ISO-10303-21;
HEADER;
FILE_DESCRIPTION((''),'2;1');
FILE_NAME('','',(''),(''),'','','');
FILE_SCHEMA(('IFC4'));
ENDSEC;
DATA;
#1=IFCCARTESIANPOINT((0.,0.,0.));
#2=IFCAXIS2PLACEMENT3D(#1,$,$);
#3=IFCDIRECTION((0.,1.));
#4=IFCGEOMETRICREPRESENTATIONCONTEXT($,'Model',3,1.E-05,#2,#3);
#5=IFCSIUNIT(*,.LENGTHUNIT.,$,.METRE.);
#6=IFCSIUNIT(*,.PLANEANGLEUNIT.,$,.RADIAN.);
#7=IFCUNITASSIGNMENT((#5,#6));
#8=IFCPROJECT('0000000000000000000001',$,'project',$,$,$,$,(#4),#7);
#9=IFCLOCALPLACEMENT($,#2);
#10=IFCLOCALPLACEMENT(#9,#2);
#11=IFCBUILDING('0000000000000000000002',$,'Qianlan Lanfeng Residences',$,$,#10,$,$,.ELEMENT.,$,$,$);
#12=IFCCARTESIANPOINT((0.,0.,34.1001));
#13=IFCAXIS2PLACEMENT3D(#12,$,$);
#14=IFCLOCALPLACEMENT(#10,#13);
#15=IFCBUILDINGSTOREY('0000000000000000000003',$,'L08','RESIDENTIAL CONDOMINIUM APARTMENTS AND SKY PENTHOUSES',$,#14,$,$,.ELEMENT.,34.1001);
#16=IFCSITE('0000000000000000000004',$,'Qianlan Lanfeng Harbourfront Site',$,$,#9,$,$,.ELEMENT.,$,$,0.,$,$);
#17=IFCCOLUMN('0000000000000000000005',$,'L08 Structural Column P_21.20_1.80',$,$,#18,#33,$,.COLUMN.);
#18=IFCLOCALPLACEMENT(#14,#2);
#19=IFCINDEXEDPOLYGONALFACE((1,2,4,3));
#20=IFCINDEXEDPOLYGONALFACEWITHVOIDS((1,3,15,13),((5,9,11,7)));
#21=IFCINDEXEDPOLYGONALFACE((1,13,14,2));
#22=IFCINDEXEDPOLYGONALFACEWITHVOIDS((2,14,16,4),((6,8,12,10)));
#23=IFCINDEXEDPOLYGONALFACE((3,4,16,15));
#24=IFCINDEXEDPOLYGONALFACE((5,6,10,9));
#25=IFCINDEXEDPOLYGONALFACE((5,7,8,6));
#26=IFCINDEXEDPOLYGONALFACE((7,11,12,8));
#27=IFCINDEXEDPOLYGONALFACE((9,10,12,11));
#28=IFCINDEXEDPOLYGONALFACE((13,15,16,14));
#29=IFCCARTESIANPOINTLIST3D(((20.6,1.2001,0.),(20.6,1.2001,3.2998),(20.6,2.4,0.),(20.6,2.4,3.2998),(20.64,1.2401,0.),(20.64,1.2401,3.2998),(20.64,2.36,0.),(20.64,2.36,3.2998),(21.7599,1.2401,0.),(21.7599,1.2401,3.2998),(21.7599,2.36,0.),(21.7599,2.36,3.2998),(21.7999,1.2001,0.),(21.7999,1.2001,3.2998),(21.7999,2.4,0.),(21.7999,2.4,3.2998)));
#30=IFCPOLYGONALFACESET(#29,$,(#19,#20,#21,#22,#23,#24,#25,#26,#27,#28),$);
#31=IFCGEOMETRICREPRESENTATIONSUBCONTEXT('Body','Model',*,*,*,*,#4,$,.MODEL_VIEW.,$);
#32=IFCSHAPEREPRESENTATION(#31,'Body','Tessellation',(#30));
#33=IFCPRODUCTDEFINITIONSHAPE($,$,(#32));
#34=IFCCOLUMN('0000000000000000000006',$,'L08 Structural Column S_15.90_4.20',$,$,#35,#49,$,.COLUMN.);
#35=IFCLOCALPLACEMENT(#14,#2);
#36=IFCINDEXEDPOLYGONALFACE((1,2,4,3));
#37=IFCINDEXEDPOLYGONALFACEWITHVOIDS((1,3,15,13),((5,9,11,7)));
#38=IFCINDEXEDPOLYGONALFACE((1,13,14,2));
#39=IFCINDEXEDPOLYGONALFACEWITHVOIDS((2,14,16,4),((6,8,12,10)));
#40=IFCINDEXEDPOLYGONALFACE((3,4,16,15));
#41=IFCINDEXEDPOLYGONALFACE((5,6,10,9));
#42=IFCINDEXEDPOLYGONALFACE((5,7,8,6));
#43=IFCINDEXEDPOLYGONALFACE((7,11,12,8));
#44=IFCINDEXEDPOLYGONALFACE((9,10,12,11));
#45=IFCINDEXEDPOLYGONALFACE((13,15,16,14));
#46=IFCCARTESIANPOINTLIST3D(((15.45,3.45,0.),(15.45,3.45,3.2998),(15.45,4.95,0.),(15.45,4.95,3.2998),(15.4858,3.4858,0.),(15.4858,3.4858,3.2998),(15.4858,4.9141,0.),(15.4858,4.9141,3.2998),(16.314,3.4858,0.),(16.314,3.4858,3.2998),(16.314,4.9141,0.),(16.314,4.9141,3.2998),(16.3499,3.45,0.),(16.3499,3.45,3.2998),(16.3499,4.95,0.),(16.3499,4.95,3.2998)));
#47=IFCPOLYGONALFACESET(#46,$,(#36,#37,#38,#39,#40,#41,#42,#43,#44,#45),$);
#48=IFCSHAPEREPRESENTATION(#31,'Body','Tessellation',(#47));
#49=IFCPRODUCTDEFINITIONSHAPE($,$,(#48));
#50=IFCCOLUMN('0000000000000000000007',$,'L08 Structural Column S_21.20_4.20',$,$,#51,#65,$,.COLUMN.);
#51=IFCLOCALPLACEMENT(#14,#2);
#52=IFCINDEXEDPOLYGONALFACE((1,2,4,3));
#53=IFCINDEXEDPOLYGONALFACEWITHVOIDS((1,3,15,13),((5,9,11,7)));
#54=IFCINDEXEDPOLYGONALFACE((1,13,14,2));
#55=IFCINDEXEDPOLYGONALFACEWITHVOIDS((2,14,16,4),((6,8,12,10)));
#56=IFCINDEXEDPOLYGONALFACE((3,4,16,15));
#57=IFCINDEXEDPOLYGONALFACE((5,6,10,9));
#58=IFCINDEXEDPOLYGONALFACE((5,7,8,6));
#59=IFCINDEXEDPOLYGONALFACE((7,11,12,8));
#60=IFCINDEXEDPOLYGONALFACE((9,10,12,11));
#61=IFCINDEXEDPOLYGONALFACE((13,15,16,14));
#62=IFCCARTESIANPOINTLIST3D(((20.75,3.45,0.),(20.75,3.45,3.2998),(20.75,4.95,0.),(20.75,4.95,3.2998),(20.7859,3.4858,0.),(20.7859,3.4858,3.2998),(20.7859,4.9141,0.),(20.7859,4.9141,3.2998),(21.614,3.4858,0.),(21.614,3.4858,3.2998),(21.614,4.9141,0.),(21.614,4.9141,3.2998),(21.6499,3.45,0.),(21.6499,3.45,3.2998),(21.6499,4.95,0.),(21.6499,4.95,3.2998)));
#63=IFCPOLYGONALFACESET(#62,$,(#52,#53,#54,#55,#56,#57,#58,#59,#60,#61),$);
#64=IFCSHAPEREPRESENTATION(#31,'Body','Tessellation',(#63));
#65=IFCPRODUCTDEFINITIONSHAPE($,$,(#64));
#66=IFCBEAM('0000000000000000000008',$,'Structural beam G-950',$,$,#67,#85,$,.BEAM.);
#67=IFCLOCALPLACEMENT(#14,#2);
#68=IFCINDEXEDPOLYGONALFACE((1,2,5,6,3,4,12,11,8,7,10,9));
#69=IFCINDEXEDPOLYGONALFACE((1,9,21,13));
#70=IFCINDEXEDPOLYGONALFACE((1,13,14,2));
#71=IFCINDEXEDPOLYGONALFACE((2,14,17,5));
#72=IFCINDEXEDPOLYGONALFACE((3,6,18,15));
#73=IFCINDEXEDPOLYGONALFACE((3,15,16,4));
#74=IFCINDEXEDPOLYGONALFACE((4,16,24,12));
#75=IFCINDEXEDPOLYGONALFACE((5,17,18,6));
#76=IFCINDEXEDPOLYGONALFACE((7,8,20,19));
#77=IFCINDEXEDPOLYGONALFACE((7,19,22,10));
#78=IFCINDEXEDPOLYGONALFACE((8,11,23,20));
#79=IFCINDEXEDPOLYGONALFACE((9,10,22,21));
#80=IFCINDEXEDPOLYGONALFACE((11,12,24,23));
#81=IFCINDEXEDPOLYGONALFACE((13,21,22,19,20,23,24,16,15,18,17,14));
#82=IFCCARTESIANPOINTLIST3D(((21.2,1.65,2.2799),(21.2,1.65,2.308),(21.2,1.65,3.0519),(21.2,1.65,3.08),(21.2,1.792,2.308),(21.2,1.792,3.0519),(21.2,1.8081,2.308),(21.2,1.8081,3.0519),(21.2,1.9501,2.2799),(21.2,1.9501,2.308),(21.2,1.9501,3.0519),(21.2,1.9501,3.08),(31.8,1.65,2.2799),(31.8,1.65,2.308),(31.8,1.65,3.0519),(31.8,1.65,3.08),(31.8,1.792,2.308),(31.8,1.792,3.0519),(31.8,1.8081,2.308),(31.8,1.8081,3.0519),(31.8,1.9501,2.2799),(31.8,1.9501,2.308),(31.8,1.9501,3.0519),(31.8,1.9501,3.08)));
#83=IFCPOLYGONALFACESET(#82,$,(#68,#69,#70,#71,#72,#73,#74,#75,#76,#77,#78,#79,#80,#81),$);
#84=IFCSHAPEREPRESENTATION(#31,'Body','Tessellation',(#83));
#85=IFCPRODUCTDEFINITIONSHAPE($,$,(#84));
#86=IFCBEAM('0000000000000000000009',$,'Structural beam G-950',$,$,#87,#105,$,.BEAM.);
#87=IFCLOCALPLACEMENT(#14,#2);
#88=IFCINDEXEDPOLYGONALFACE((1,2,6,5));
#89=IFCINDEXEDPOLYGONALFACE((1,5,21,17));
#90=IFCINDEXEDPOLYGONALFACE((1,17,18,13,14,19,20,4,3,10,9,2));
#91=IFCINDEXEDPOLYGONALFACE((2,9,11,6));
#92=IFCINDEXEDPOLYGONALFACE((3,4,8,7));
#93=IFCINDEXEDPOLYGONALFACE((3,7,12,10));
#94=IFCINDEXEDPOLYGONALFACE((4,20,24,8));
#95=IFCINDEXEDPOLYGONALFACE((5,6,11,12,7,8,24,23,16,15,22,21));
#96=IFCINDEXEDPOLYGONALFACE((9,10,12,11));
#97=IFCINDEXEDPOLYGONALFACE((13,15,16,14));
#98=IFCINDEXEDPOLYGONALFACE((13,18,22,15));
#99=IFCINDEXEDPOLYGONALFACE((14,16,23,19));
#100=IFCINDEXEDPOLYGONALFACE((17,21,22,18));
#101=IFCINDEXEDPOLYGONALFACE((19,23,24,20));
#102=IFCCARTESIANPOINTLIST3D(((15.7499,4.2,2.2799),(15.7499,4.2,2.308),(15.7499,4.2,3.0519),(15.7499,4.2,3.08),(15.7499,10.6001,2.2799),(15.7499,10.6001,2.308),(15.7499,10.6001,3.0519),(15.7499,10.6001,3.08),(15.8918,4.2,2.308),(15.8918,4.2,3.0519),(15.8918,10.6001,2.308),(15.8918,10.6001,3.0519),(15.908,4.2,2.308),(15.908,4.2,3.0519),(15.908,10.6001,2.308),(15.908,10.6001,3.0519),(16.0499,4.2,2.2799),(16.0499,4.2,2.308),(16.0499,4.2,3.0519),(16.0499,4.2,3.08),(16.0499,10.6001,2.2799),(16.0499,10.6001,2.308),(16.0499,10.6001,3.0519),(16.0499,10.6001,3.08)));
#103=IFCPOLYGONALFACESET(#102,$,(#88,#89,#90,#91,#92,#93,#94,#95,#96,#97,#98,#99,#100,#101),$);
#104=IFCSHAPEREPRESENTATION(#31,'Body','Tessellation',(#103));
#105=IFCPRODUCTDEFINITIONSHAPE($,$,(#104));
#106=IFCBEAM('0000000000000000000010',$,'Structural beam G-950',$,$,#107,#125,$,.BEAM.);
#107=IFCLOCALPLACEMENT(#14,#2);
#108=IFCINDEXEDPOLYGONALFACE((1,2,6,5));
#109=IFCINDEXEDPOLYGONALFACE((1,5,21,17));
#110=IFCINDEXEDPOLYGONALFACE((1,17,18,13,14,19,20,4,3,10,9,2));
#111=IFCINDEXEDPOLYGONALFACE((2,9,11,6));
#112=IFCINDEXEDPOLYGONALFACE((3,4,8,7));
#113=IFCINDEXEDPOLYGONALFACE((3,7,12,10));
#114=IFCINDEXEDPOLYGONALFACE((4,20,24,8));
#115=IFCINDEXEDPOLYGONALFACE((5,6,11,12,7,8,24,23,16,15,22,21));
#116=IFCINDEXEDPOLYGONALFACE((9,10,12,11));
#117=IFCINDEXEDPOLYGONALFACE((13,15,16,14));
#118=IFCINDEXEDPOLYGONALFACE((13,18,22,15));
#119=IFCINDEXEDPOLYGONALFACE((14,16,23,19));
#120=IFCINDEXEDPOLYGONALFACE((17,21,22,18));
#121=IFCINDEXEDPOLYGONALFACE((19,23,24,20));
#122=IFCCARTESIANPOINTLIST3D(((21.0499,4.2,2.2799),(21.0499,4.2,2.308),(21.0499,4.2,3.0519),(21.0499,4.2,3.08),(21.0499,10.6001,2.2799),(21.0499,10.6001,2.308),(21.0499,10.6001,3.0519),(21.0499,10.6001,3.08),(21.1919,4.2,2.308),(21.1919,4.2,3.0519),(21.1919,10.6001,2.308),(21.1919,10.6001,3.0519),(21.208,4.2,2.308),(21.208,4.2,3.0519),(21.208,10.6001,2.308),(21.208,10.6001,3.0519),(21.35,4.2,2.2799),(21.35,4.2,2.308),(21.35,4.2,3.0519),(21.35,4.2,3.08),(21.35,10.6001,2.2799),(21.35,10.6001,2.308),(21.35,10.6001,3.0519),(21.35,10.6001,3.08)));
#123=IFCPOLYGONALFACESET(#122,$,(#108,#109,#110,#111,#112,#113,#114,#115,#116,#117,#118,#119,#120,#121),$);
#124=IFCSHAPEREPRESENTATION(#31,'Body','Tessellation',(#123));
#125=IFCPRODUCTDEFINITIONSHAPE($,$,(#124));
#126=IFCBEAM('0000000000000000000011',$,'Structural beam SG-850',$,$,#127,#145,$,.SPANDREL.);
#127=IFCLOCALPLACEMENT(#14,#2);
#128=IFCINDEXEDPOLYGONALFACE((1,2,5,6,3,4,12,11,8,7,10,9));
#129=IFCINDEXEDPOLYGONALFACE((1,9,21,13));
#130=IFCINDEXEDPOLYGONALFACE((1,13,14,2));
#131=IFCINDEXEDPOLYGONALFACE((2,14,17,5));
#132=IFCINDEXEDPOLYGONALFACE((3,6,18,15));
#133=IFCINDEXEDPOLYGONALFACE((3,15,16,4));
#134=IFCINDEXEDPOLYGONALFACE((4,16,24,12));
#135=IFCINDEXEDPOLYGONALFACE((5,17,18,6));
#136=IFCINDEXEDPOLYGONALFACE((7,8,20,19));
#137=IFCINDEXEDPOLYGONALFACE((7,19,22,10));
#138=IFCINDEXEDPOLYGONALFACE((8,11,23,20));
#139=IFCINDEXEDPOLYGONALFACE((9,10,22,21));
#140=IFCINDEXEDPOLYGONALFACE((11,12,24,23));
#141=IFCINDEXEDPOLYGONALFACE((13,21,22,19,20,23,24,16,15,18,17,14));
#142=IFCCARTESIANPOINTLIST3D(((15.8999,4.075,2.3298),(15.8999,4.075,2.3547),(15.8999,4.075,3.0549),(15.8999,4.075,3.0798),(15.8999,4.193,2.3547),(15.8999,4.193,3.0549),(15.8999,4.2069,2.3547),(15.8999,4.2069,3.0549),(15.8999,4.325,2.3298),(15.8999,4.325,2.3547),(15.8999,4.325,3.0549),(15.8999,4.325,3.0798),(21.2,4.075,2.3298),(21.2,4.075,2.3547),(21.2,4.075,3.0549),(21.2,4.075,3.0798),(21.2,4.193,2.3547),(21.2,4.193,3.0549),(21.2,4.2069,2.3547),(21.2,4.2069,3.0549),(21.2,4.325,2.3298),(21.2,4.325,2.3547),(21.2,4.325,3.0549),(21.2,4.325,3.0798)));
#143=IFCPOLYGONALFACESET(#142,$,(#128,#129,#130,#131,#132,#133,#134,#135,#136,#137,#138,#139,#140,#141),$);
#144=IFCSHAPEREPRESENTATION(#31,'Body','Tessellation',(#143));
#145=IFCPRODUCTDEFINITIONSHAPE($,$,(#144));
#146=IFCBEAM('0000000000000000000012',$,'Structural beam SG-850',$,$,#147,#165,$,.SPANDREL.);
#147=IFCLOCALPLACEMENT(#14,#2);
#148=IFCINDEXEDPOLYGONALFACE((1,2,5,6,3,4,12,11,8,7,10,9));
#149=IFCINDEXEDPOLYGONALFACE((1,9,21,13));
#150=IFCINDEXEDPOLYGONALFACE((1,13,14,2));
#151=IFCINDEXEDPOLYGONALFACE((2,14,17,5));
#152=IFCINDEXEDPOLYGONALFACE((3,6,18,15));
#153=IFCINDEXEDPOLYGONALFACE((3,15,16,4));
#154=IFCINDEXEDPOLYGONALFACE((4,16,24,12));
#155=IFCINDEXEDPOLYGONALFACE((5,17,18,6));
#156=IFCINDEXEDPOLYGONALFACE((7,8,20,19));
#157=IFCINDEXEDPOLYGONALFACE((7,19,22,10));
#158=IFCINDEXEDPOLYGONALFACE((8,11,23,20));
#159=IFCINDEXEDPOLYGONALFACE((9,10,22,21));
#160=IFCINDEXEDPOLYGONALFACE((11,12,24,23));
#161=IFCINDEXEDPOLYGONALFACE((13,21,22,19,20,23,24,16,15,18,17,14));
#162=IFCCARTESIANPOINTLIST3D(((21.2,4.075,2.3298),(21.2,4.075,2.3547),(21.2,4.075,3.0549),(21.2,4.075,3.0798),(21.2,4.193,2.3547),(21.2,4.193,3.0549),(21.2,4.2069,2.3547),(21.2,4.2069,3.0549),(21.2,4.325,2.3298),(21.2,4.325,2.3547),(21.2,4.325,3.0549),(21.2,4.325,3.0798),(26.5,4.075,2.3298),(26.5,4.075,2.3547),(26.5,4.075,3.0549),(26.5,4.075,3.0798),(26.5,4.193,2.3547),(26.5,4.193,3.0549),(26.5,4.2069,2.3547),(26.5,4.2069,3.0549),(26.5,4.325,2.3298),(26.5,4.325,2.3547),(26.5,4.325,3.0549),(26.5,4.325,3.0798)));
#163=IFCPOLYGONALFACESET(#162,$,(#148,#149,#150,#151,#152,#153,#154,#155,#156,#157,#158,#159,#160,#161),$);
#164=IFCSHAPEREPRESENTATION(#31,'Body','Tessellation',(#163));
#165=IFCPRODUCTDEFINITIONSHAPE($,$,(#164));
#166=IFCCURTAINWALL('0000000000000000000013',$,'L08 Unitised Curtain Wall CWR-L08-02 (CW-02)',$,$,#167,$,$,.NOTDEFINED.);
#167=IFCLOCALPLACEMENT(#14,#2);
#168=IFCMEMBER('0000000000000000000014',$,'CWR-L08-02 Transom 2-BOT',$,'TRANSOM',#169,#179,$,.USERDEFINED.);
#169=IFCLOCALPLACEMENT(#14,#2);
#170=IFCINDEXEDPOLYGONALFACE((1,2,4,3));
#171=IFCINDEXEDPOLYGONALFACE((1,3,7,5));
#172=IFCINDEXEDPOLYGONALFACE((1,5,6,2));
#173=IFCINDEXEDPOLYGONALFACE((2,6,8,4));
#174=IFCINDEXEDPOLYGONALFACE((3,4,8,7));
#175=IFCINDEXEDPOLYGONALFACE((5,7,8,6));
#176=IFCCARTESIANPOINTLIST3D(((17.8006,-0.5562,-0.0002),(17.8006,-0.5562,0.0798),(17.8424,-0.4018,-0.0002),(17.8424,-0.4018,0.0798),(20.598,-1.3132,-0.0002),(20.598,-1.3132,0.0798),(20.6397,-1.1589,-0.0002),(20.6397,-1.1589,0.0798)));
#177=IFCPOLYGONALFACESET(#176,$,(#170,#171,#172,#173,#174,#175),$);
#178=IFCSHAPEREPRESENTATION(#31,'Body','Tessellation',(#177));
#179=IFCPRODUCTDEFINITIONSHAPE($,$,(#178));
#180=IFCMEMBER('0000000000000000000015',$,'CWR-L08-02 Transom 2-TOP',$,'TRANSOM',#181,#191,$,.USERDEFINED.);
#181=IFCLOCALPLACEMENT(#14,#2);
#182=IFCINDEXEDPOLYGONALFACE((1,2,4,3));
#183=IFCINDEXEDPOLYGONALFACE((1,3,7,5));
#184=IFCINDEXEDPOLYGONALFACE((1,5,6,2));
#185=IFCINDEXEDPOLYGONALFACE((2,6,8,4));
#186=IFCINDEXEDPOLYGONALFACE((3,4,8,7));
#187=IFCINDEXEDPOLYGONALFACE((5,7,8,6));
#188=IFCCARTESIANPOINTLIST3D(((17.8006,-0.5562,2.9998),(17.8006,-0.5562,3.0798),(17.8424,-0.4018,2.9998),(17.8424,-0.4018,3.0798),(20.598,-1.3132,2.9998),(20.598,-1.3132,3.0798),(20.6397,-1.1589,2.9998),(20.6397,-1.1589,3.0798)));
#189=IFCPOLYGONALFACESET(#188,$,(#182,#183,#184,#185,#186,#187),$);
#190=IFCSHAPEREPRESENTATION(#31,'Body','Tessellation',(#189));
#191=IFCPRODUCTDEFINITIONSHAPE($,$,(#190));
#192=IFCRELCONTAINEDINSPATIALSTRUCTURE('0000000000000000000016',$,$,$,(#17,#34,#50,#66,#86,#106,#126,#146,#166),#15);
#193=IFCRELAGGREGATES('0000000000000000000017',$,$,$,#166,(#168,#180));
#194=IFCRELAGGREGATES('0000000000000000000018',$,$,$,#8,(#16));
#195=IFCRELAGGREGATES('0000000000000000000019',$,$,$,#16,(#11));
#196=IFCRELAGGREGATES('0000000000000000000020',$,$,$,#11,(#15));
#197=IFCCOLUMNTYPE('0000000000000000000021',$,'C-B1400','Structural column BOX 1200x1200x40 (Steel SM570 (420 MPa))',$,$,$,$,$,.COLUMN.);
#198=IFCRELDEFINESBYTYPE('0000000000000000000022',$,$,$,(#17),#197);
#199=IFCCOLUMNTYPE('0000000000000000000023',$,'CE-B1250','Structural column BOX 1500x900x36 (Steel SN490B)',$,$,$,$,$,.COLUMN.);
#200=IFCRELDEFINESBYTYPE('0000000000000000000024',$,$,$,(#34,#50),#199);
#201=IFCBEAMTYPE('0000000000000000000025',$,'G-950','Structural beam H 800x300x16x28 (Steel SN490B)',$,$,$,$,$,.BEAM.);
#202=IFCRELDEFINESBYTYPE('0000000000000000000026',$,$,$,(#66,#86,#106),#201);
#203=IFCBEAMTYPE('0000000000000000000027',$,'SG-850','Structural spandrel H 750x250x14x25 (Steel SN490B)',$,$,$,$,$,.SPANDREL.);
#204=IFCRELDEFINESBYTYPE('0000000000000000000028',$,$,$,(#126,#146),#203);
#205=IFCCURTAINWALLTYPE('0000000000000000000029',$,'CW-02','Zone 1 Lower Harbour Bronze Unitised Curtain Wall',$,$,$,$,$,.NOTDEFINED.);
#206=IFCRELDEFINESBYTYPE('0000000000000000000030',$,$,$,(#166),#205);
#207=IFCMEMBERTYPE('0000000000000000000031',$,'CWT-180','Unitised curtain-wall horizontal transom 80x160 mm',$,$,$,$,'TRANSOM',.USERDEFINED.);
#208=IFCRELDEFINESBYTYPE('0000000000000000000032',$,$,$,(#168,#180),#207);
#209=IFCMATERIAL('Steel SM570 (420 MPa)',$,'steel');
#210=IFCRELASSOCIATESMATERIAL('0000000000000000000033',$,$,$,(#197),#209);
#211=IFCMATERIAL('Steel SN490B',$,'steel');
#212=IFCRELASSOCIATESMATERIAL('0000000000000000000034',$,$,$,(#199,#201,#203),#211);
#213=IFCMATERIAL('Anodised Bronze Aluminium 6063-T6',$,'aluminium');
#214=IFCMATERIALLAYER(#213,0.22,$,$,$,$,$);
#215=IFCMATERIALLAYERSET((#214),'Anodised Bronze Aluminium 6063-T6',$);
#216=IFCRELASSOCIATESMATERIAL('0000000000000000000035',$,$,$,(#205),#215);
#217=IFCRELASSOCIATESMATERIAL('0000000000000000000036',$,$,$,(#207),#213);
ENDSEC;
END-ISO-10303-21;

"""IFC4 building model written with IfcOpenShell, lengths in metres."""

from ifc_helpers import new_model, si_unit, direction, frame, origin, origin_2d, place, context, subcontext, project, spatial, rectangle, hollow_rectangle, i_section, extrude, source, transform, mapped, material, layer, layer_set, material_profile, profile_set, type_object, element, aggregate, save


model = new_model("IFC4")

# Units and contexts
model_context = context("Model", 3, precision=1e-05, world=origin(), true_north=direction((0.0, 1.0)))
body_context = subcontext(model_context, "Body", "Model", "MODEL_VIEW")
ifc_project = project(units=[si_unit("LENGTHUNIT", "METRE"), si_unit("PLANEANGLEUNIT", "RADIAN")], contexts=[model_context])

# Site, building, storey
site_placement = place(None, origin())
site = spatial("IfcSite", under=ifc_project, at=site_placement, Name="Qianlan Lanfeng Harbourfront Site", CompositionType="ELEMENT", RefElevation=0.0)
building_placement = place(site_placement, origin())
building = spatial("IfcBuilding", under=site, at=building_placement, Name="Qianlan Lanfeng Residences", CompositionType="ELEMENT")
storey_placement = place(building_placement, frame((0.0, 0.0, 34.1001)))
storey = spatial("IfcBuildingStorey", under=building, at=storey_placement, Name="L08", Description="RESIDENTIAL CONDOMINIUM APARTMENTS AND SKY PENTHOUSES", CompositionType="ELEMENT", Elevation=34.1001)

# Columns
ifc_material_1 = material(Name="Steel SM570 (420 MPa)", Category="steel")
ifc_material_profile_1 = material_profile(ifc_material_1, hollow_rectangle(XDim=1.2, YDim=1.2, WallThickness=0.04, at=origin_2d()), Name="BOX 1200x1200x40")
ifc_profile_set_1 = profile_set([ifc_material_profile_1], Name="Steel SM570 (420 MPa)")
column_type_1 = type_object("IfcColumnType", Name="C-B1400", Description="Structural column BOX 1200x1200x40 (Steel SM570 (420 MPa))", PredefinedType="COLUMN", material=ifc_profile_set_1)
column_placement = place(storey_placement, frame((21.2, 1.8, 0.0), z_axis=(0.0, 0.0, 1.0), x_axis=(1.0, 0.0, 0.0)))
element("IfcColumn", 1, at=column_placement, inside=storey, type_object=column_type_1, Name="L08 Structural Column P_21.20_1.80", PredefinedType="COLUMN", context=body_context, shape_type="SweptSolid", body=[
    extrude(hollow_rectangle(XDim=1.2, YDim=1.2, WallThickness=0.04, at=origin_2d()), origin(), (0.0, 0.0, 1.0), 3.2998),
])
ifc_material_2 = material(Name="Steel SN490B", Category="steel")
ifc_material_profile_2 = material_profile(ifc_material_2, hollow_rectangle(XDim=0.8999, YDim=1.5, WallThickness=0.0359, at=origin_2d()), Name="BOX 1500x900x36")
ifc_profile_set_2 = profile_set([ifc_material_profile_2], Name="Steel SN490B")
column_type_2 = type_object("IfcColumnType", Name="CE-B1250", Description="Structural column BOX 1500x900x36 (Steel SN490B)", PredefinedType="COLUMN", material=ifc_profile_set_2)
for number, where, z_axis, x_axis, name in (
    (2, (15.8999, 4.2, 0.0), (0.0, 0.0, 1.0), (1.0, 0.0, 0.0), "L08 Structural Column S_15.90_4.20"),
    (3, (21.2, 4.2, 0.0), (0.0, 0.0, 1.0), (1.0, 0.0, 0.0), "L08 Structural Column S_21.20_4.20"),
):
    element("IfcColumn", number, at=place(storey_placement, frame(where, z_axis=z_axis, x_axis=x_axis)), inside=storey, type_object=column_type_2, Name=name, PredefinedType="COLUMN", context=body_context, shape_type="SweptSolid", body=[
        extrude(hollow_rectangle(XDim=0.8999, YDim=1.5, WallThickness=0.0359, at=origin_2d()), origin(), (0.0, 0.0, 1.0), 3.2998),
    ])

# Beams
ifc_material_profile_3 = material_profile(ifc_material_2, i_section(OverallWidth=0.3, OverallDepth=0.8, WebThickness=0.0161, FlangeThickness=0.0281, at=origin_2d()), Name="H 800x300x16x28")
ifc_profile_set_3 = profile_set([ifc_material_profile_3], Name="Steel SN490B")
beam_type_1 = type_object("IfcBeamType", Name="G-950", Description="Structural beam H 800x300x16x28 (Steel SN490B)", PredefinedType="BEAM", material=ifc_profile_set_3)
beam_placement = place(storey_placement, frame((21.2, 1.8, 2.6799), z_axis=(1.0, 0.0, 0.0), x_axis=(0.0, 1.0, 0.0)))
element("IfcBeam", 4, at=beam_placement, inside=storey, type_object=beam_type_1, Name="Structural beam G-950", PredefinedType="BEAM", context=body_context, shape_type="SweptSolid", body=[
    extrude(i_section(OverallWidth=0.3, OverallDepth=0.8, WebThickness=0.0161, FlangeThickness=0.0281, at=origin_2d()), origin(), (0.0, 0.0, 1.0), 10.6001),
])
for number, where, z_axis, x_axis, name in (
    (5, (15.8999, 4.2, 2.6799), (0.0, 1.0, 0.0), (-1.0, 0.0, 0.0), "Structural beam G-950"),
    (6, (21.2, 4.2, 2.6799), (0.0, 1.0, 0.0), (-1.0, 0.0, 0.0), "Structural beam G-950"),
):
    element("IfcBeam", number, at=place(storey_placement, frame(where, z_axis=z_axis, x_axis=x_axis)), inside=storey, type_object=beam_type_1, Name=name, PredefinedType="BEAM", context=body_context, shape_type="SweptSolid", body=[
        extrude(i_section(OverallWidth=0.3, OverallDepth=0.8, WebThickness=0.0161, FlangeThickness=0.0281, at=origin_2d()), origin(), (0.0, 0.0, 1.0), 6.4001),
    ])
ifc_material_profile_4 = material_profile(ifc_material_2, i_section(OverallWidth=0.25, OverallDepth=0.75, WebThickness=0.0139, FlangeThickness=0.0249, at=origin_2d()), Name="H 750x250x14x25")
ifc_profile_set_4 = profile_set([ifc_material_profile_4], Name="Steel SN490B")
beam_type_2 = type_object("IfcBeamType", Name="SG-850", Description="Structural spandrel H 750x250x14x25 (Steel SN490B)", PredefinedType="SPANDREL", material=ifc_profile_set_4)
for number, where, z_axis, x_axis, name in (
    (7, (15.8999, 4.2, 2.7048), (1.0, 0.0, 0.0), (0.0, 1.0, 0.0), "Structural beam SG-850"),
    (8, (21.2, 4.2, 2.7048), (1.0, 0.0, 0.0), (0.0, 1.0, 0.0), "Structural beam SG-850"),
):
    element("IfcBeam", number, at=place(storey_placement, frame(where, z_axis=z_axis, x_axis=x_axis)), inside=storey, type_object=beam_type_2, Name=name, PredefinedType="SPANDREL", context=body_context, shape_type="SweptSolid", body=[
        extrude(i_section(OverallWidth=0.25, OverallDepth=0.75, WebThickness=0.0139, FlangeThickness=0.0249, at=origin_2d()), origin(), (0.0, 0.0, 1.0), 5.3),
    ])

# Curtain wall, members
ifc_material_3 = material(Name="Anodised Bronze Aluminium 6063-T6", Category="aluminium")
ifc_layer_1 = layer(ifc_material_3, 0.22)
ifc_layer_set_1 = layer_set([ifc_layer_1], Name="Anodised Bronze Aluminium 6063-T6")
curtain_wall_type = type_object("IfcCurtainWallType", Name="CW-02", Description="Zone 1 Lower Harbour Bronze Unitised Curtain Wall", PredefinedType="NOTDEFINED", material=ifc_layer_set_1)
curtain_wall_placement = place(storey_placement, origin())
curtain_wall = element("IfcCurtainWall", 9, at=curtain_wall_placement, inside=storey, type_object=curtain_wall_type, Name="L08 Unitised Curtain Wall CWR-L08-02 (CW-02)", PredefinedType="NOTDEFINED")
ifc_material_profile_5 = material_profile(ifc_material_3, rectangle(XDim=0.0801, YDim=0.1599, at=origin_2d()), Name="ALU TRANSOM 80x160")
ifc_profile_set_5 = profile_set([ifc_material_profile_5], Name="Anodised Bronze Aluminium 6063-T6")
member_type_1 = type_object("IfcMemberType", Name="CWT-180", Description="Unitised curtain-wall horizontal transom 80x160 mm", ElementType="TRANSOM", PredefinedType="USERDEFINED", material=ifc_profile_set_5)
shared_shape_1 = source(origin(), body_context, "Body", "SweptSolid", [
    extrude(rectangle(XDim=0.0801, YDim=0.1599, at=origin_2d()), origin(), (0.0, 0.0, 1.0), 2.8979),
])
member_1_placement = place(storey_placement, frame((17.8215, -0.479, 0.0398), z_axis=(0.965273, -0.261242, 0.0), x_axis=(0.0, 0.0, 1.0)))
member_1 = element("IfcMember", 10, at=member_1_placement, type_object=member_type_1, Name="CWR-L08-02 Transom 2-BOT", ObjectType="TRANSOM", PredefinedType="USERDEFINED", context=body_context, shape_type="MappedRepresentation", body=[
    mapped(shared_shape_1, transform((0.0, 0.0, 0.0), scale=1.0)),
])
member_2_placement = place(storey_placement, frame((17.8215, -0.479, 3.0398), z_axis=(0.965273, -0.261242, 0.0), x_axis=(0.0, 0.0, 1.0)))
member_2 = element("IfcMember", 11, at=member_2_placement, type_object=member_type_1, Name="CWR-L08-02 Transom 2-TOP", ObjectType="TRANSOM", PredefinedType="USERDEFINED", context=body_context, shape_type="MappedRepresentation", body=[
    mapped(shared_shape_1, transform((0.0, 0.0, 0.0), scale=1.0)),
])
aggregate(curtain_wall, [member_1, member_2])

save(model, "model.ifc")
